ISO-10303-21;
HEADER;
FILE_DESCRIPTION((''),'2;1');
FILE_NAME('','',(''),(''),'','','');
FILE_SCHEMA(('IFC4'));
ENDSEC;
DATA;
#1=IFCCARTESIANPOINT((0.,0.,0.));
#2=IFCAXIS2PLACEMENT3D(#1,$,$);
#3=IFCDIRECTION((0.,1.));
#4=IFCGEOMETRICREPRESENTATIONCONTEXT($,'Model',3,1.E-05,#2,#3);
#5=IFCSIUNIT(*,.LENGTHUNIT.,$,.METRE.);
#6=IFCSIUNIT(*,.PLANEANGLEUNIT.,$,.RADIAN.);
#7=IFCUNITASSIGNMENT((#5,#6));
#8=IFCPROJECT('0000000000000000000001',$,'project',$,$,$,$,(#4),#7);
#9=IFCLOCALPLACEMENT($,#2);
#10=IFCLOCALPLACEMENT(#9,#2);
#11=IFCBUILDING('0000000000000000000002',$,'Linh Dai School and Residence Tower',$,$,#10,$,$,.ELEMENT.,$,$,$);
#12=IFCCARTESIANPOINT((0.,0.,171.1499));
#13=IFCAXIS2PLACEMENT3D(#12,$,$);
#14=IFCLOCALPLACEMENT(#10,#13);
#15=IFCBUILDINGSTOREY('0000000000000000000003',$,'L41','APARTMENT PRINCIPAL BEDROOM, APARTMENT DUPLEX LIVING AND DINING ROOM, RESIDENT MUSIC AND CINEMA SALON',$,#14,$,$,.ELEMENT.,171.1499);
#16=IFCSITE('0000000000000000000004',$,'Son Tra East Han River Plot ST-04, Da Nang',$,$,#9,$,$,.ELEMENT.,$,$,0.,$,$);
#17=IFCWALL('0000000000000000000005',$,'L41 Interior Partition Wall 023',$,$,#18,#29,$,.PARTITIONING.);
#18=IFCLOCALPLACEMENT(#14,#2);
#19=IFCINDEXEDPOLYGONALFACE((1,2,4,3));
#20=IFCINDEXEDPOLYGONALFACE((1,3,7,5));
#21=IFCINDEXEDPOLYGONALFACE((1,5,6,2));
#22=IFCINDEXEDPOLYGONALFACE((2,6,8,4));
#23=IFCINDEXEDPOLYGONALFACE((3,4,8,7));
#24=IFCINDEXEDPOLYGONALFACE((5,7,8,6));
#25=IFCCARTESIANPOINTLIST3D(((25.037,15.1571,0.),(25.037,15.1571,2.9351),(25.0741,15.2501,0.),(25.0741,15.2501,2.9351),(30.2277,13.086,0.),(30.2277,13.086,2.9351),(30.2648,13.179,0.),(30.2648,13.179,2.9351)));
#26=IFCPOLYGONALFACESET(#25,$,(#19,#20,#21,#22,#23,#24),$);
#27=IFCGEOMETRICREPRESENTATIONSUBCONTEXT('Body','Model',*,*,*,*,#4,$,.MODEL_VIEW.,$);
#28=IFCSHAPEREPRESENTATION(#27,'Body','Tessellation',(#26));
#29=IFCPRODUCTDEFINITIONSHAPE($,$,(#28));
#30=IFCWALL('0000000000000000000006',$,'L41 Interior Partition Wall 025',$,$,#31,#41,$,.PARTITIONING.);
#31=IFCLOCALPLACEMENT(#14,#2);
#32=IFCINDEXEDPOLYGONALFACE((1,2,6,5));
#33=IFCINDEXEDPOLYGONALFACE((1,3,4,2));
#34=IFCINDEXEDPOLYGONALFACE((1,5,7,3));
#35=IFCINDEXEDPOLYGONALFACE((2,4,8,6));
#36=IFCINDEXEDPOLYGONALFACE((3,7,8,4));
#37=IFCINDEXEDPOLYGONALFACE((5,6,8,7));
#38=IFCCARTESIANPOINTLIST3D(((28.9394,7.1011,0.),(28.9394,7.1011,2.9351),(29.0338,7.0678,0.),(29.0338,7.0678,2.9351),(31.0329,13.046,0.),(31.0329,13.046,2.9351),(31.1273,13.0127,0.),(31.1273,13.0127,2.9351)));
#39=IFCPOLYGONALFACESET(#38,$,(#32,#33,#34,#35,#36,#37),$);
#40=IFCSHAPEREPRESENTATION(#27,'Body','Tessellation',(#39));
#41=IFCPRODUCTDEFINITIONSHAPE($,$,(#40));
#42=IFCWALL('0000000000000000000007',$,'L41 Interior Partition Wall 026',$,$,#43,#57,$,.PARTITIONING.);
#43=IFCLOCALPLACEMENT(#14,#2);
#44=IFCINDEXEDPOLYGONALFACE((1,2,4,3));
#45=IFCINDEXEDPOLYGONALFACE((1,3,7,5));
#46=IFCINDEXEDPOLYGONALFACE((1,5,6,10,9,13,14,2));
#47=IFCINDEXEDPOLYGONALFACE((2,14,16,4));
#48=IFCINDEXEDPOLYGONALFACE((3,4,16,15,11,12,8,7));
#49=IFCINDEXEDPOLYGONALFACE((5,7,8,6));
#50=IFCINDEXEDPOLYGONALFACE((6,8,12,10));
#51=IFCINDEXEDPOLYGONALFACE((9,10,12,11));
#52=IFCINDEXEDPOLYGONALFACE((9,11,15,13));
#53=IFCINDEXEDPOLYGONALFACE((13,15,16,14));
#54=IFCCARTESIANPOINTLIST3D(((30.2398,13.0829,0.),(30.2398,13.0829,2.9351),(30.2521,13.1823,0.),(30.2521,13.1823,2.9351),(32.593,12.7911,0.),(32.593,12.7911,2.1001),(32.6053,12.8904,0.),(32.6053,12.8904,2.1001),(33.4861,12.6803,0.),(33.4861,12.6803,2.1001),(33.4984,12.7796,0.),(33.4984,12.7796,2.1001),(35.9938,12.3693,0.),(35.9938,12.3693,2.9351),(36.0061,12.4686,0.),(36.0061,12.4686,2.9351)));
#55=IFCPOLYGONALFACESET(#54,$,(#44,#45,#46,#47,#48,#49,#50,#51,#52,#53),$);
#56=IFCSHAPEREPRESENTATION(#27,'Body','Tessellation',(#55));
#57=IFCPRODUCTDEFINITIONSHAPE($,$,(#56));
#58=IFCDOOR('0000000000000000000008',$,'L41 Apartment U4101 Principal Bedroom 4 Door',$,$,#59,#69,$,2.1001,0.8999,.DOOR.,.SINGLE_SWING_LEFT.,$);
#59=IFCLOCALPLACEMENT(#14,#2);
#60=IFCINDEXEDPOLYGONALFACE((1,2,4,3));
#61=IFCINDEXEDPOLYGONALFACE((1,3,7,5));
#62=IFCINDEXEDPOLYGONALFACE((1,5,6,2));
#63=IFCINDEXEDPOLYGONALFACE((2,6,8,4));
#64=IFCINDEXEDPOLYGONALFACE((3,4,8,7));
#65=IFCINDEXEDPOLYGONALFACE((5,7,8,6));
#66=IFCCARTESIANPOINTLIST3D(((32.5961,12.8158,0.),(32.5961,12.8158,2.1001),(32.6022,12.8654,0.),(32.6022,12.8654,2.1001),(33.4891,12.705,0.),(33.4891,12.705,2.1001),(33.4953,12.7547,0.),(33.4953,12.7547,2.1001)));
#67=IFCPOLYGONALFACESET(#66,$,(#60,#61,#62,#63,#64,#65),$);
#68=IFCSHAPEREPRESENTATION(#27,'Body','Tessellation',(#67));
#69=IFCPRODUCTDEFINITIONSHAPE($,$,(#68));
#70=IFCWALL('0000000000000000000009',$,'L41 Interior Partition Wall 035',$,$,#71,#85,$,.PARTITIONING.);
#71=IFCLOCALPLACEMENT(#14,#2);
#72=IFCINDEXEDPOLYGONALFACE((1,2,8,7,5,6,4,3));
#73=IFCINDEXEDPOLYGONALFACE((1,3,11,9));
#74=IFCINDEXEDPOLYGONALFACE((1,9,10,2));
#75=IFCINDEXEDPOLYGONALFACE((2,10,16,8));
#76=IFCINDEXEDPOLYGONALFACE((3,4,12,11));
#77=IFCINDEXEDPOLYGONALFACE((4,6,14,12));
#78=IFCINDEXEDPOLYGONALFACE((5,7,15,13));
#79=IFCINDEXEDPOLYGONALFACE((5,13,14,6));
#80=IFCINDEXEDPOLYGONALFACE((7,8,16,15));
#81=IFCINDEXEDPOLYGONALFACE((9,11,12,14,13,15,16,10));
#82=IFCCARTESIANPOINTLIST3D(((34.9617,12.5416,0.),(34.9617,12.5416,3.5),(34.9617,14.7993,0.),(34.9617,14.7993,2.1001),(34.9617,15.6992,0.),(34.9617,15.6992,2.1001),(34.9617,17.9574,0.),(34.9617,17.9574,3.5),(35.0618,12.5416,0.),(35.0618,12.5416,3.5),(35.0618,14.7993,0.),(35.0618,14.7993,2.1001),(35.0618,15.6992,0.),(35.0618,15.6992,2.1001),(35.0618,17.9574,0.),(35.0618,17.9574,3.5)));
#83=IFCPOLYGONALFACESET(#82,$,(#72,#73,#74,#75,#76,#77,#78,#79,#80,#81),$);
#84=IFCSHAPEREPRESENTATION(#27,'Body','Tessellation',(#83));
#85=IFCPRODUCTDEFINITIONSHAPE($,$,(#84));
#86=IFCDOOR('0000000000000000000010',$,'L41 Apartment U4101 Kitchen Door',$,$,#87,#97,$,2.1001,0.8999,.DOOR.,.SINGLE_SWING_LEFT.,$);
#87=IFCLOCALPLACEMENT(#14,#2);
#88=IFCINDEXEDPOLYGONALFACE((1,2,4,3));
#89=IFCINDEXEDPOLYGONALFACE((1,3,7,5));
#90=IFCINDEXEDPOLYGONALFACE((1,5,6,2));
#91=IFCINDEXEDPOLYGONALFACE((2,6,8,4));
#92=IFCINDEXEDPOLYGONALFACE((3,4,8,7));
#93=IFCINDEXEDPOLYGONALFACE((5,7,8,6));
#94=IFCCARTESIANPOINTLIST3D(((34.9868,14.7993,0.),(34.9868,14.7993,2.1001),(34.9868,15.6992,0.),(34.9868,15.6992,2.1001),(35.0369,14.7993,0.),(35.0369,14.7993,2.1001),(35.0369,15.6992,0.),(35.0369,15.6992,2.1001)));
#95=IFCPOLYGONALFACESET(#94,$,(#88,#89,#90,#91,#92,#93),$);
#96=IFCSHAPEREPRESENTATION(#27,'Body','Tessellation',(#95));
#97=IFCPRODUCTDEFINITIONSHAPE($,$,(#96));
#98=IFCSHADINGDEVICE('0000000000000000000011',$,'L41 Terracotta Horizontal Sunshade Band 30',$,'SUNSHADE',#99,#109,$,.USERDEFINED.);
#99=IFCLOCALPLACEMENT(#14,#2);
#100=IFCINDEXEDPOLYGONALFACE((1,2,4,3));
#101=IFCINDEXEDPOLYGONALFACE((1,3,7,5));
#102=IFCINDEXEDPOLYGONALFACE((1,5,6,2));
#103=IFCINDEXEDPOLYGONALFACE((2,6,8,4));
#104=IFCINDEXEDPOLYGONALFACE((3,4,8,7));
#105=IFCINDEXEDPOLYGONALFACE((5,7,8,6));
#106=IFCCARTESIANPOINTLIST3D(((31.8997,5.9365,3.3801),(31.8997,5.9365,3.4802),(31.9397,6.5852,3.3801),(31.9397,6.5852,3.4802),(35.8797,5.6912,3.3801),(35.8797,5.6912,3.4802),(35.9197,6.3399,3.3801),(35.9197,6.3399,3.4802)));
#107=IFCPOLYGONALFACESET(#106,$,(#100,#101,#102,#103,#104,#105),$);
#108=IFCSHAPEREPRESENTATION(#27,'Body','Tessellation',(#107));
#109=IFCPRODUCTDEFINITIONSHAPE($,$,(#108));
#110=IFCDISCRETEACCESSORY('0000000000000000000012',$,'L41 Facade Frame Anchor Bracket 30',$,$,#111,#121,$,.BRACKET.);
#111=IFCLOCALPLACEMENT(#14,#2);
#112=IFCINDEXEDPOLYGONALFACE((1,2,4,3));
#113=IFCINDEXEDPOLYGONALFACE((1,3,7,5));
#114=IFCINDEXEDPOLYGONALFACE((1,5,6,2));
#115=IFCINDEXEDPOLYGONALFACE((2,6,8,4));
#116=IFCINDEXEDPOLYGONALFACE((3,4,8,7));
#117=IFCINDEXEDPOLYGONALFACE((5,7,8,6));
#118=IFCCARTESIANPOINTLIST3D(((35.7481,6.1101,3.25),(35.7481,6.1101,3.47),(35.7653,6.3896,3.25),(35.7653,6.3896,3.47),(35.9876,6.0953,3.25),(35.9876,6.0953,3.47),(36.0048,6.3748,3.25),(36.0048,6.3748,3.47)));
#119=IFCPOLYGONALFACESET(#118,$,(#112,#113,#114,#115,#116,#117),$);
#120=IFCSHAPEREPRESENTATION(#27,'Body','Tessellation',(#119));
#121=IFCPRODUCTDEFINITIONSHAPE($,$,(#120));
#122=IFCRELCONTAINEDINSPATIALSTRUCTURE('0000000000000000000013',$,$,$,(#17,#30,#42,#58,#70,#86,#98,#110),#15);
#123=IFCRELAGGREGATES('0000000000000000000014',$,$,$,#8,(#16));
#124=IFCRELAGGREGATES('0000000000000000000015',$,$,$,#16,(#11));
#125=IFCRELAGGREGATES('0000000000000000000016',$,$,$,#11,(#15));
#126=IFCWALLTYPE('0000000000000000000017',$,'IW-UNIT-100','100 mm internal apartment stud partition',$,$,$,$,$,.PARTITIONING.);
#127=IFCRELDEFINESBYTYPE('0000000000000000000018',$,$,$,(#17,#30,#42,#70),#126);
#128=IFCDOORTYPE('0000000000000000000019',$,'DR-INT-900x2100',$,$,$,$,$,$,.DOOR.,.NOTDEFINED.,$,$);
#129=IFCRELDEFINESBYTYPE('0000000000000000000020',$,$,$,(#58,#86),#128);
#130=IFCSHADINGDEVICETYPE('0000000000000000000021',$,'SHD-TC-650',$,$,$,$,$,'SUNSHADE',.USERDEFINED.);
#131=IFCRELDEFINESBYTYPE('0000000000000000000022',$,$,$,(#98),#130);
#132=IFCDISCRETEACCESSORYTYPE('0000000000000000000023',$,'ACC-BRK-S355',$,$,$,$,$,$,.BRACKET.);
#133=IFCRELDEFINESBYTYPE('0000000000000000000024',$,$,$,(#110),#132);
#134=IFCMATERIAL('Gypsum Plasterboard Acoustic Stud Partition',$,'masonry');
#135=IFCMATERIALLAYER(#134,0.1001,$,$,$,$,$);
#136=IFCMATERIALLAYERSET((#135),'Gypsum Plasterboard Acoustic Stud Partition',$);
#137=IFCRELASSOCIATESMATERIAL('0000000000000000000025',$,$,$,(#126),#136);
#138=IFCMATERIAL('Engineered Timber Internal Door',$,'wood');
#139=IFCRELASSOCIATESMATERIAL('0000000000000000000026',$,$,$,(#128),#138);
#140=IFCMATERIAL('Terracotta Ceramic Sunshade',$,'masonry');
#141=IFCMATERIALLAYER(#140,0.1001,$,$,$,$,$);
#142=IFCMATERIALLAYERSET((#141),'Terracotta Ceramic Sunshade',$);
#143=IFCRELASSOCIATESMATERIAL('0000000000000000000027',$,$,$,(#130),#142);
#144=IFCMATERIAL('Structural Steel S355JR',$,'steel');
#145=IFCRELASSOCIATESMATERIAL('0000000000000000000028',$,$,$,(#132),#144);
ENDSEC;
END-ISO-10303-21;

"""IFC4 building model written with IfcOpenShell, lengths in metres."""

from ifc_helpers import new_model, si_unit, direction, frame, frame_2d, origin, origin_2d, place, context, subcontext, project, spatial, rectangle, extrude, source, transform, mapped, material, layer, layer_set, type_object, element, fill, save


model = new_model("IFC4")

# Units and contexts
model_context = context("Model", 3, precision=1e-05, world=origin(), true_north=direction((0.0, 1.0)))
body_context = subcontext(model_context, "Body", "Model", "MODEL_VIEW")
ifc_project = project(units=[si_unit("LENGTHUNIT", "METRE"), si_unit("PLANEANGLEUNIT", "RADIAN")], contexts=[model_context])

# Site, building, storey
site_placement = place(None, origin())
site = spatial("IfcSite", under=ifc_project, at=site_placement, Name="Son Tra East Han River Plot ST-04, Da Nang", CompositionType="ELEMENT", RefElevation=0.0)
building_placement = place(site_placement, origin())
building = spatial("IfcBuilding", under=site, at=building_placement, Name="Linh Dai School and Residence Tower", CompositionType="ELEMENT")
storey_placement = place(building_placement, frame((0.0, 0.0, 171.1499)))
storey = spatial("IfcBuildingStorey", under=building, at=storey_placement, Name="L41", Description="APARTMENT PRINCIPAL BEDROOM, APARTMENT DUPLEX LIVING AND DINING ROOM, RESIDENT MUSIC AND CINEMA SALON", CompositionType="ELEMENT", Elevation=171.1499)

# Shared definitions
ifc_material_1 = material(Name="Structural Steel S355JR", Category="steel")

# Walls
ifc_material_2 = material(Name="Gypsum Plasterboard Acoustic Stud Partition", Category="masonry")
ifc_layer_1 = layer(ifc_material_2, 0.1001)
ifc_layer_set_1 = layer_set([ifc_layer_1], Name="Gypsum Plasterboard Acoustic Stud Partition")
wall_type_1 = type_object("IfcWallType", Name="IW-UNIT-100", Description="100 mm internal apartment stud partition", PredefinedType="PARTITIONING", material=ifc_layer_set_1)
wall_1_placement = place(storey_placement, frame((25.0554, 15.2036, 0.0), z_axis=(0.0, 0.0, 1.0), x_axis=(0.928799, -0.370585, 0.0)))
element("IfcWall", 1, at=wall_1_placement, inside=storey, type_object=wall_type_1, Name="L41 Interior Partition Wall 023", PredefinedType="PARTITIONING", context=body_context, shape_type="SweptSolid", body=[
    extrude(rectangle(XDim=5.5886, YDim=0.1001, at=frame_2d((2.7944, 0.0))), origin(), (0.0, 0.0, 1.0), 2.9351),
])
wall_2_placement = place(storey_placement, frame((28.9866, 7.0845, 0.0), z_axis=(0.0, 0.0, 1.0), x_axis=(0.332162, 0.943223, 0.0)))
element("IfcWall", 2, at=wall_2_placement, inside=storey, type_object=wall_type_1, Name="L41 Interior Partition Wall 025", PredefinedType="PARTITIONING", context=body_context, shape_type="SweptSolid", body=[
    extrude(rectangle(XDim=6.3027, YDim=0.1001, at=frame_2d((3.1514, 0.0))), origin(), (0.0, 0.0, 1.0), 2.9351),
])

# Walls, openings, doors
wall_3_placement = place(storey_placement, frame((30.2461, 13.1326, 0.0), z_axis=(0.0, 0.0, 1.0), x_axis=(0.992397, -0.123081, 0.0)))
wall_3 = element("IfcWall", 3, at=wall_3_placement, inside=storey, type_object=wall_type_1, Name="L41 Interior Partition Wall 026", PredefinedType="PARTITIONING", context=body_context, shape_type="SweptSolid", body=[
    extrude(rectangle(XDim=5.7981, YDim=0.1001, at=frame_2d((2.8989, 0.0))), origin(), (0.0, 0.0, 1.0), 2.9351),
])
opening_1_placement = place(wall_3_placement, frame((2.3711, 0.0, 0.0)))
opening_1 = element("IfcOpeningElement", 4, at=opening_1_placement, cuts=wall_3, PredefinedType="OPENING", context=body_context, shape_type="SweptSolid", body=[
    extrude(rectangle(XDim=0.8999, YDim=2.1001, at=origin_2d()), frame((0.45, 0.0601, 1.05), z_axis=(0.0, -1.0, 0.0), x_axis=(1.0, 0.0, 0.0)), (0.0, 0.0, 1.0), 0.1201),
])
ifc_material_3 = material(Name="Engineered Timber Internal Door", Category="wood")
door_type_1 = type_object("IfcDoorType", Name="DR-INT-900x2100", OperationType="NOTDEFINED", PredefinedType="DOOR", material=ifc_material_3)
shared_shape_1 = source(origin(), body_context, "Body", "SweptSolid", [
    extrude(rectangle(XDim=0.8999, YDim=2.1001, at=origin_2d()), frame((0.45, 0.0249, 1.05), z_axis=(0.0, -1.0, 0.0), x_axis=(1.0, 0.0, 0.0)), (0.0, 0.0, 1.0), 0.05),
])
door_1_placement = place(opening_1_placement, origin())
door_1 = element("IfcDoor", 5, at=door_1_placement, inside=storey, type_object=door_type_1, Name="L41 Apartment U4101 Principal Bedroom 4 Door", OperationType="SINGLE_SWING_LEFT", OverallHeight=2.1001, OverallWidth=0.8999, PredefinedType="DOOR", context=body_context, shape_type="MappedRepresentation", body=[
    mapped(shared_shape_1, transform((0.0, 0.0, 0.0), x_axis=(1.0, 0.0, 0.0), y_axis=(0.0, 1.0, 0.0), z_axis=(0.0, 0.0, 1.0), scale=1.0)),
])
fill(opening_1, door_1)
wall_4_placement = place(storey_placement, frame((35.0117, 12.5415, 0.0), z_axis=(0.0, 0.0, 1.0), x_axis=(0.0, 1.0, 0.0)))
wall_4 = element("IfcWall", 6, at=wall_4_placement, inside=storey, type_object=wall_type_1, Name="L41 Interior Partition Wall 035", PredefinedType="PARTITIONING", context=body_context, shape_type="SweptSolid", body=[
    extrude(rectangle(XDim=5.4158, YDim=0.1001, at=frame_2d((2.708, 0.0))), origin(), (0.0, 0.0, 1.0), 3.5),
])
opening_2_placement = place(wall_4_placement, frame((2.2578, 0.0, 0.0)))
opening_2 = element("IfcOpeningElement", 7, at=opening_2_placement, cuts=wall_4, PredefinedType="OPENING", context=body_context, shape_type="SweptSolid", body=[
    extrude(rectangle(XDim=0.8999, YDim=2.1001, at=origin_2d()), frame((0.45, 0.0601, 1.05), z_axis=(0.0, -1.0, 0.0), x_axis=(1.0, 0.0, 0.0)), (0.0, 0.0, 1.0), 0.1201),
])
door_2_placement = place(opening_2_placement, origin())
door_2 = element("IfcDoor", 8, at=door_2_placement, inside=storey, type_object=door_type_1, Name="L41 Apartment U4101 Kitchen Door", OperationType="SINGLE_SWING_LEFT", OverallHeight=2.1001, OverallWidth=0.8999, PredefinedType="DOOR", context=body_context, shape_type="MappedRepresentation", body=[
    mapped(shared_shape_1, transform((0.0, 0.0, 0.0), x_axis=(1.0, 0.0, 0.0), y_axis=(0.0, 1.0, 0.0), z_axis=(0.0, 0.0, 1.0), scale=1.0)),
])
fill(opening_2, door_2)

# Shading device
ifc_material_4 = material(Name="Terracotta Ceramic Sunshade", Category="masonry")
ifc_layer_2 = layer(ifc_material_4, 0.1001)
ifc_layer_set_2 = layer_set([ifc_layer_2], Name="Terracotta Ceramic Sunshade")
shading_device_type = type_object("IfcShadingDeviceType", Name="SHD-TC-650", ElementType="SUNSHADE", PredefinedType="USERDEFINED", material=ifc_layer_set_2)
shared_shape_2 = source(origin(), body_context, "Body", "SweptSolid", [
    extrude(rectangle(XDim=3.9875, YDim=0.6499, at=origin_2d()), origin(), (0.0, 0.0, 1.0), 0.1001),
])
shading_device_placement = place(storey_placement, frame((33.9097, 6.1382, 3.3801), z_axis=(0.0, 0.0, 1.0), x_axis=(-0.998106, 0.061512, 0.0)))
element("IfcShadingDevice", 9, at=shading_device_placement, inside=storey, type_object=shading_device_type, Name="L41 Terracotta Horizontal Sunshade Band 30", ObjectType="SUNSHADE", PredefinedType="USERDEFINED", context=body_context, shape_type="MappedRepresentation", body=[
    mapped(shared_shape_2, transform((0.0, 0.0, 0.0), x_axis=(1.0, 0.0, 0.0), y_axis=(0.0, 1.0, 0.0), z_axis=(0.0, 0.0, 1.0), scale=1.0)),
])

# Discrete accessory
discrete_accessory_type = type_object("IfcDiscreteAccessoryType", Name="ACC-BRK-S355", PredefinedType="BRACKET", material=ifc_material_1)
shared_shape_3 = source(origin(), body_context, "Body", "SweptSolid", [
    extrude(rectangle(XDim=0.28, YDim=0.24, at=origin_2d()), origin(), (0.0, 0.0, 1.0), 0.22),
])
discrete_accessory_placement = place(storey_placement, frame((35.8765, 6.2424, 3.25), z_axis=(0.0, 0.0, 1.0), x_axis=(-0.061512, -0.998106, 0.0)))
element("IfcDiscreteAccessory", 10, at=discrete_accessory_placement, inside=storey, type_object=discrete_accessory_type, Name="L41 Facade Frame Anchor Bracket 30", PredefinedType="BRACKET", context=body_context, shape_type="MappedRepresentation", body=[
    mapped(shared_shape_3, transform((0.0, 0.0, 0.0), x_axis=(1.0, 0.0, 0.0), y_axis=(0.0, 1.0, 0.0), z_axis=(0.0, 0.0, 1.0), scale=1.0)),
])

save(model, "model.ifc")
